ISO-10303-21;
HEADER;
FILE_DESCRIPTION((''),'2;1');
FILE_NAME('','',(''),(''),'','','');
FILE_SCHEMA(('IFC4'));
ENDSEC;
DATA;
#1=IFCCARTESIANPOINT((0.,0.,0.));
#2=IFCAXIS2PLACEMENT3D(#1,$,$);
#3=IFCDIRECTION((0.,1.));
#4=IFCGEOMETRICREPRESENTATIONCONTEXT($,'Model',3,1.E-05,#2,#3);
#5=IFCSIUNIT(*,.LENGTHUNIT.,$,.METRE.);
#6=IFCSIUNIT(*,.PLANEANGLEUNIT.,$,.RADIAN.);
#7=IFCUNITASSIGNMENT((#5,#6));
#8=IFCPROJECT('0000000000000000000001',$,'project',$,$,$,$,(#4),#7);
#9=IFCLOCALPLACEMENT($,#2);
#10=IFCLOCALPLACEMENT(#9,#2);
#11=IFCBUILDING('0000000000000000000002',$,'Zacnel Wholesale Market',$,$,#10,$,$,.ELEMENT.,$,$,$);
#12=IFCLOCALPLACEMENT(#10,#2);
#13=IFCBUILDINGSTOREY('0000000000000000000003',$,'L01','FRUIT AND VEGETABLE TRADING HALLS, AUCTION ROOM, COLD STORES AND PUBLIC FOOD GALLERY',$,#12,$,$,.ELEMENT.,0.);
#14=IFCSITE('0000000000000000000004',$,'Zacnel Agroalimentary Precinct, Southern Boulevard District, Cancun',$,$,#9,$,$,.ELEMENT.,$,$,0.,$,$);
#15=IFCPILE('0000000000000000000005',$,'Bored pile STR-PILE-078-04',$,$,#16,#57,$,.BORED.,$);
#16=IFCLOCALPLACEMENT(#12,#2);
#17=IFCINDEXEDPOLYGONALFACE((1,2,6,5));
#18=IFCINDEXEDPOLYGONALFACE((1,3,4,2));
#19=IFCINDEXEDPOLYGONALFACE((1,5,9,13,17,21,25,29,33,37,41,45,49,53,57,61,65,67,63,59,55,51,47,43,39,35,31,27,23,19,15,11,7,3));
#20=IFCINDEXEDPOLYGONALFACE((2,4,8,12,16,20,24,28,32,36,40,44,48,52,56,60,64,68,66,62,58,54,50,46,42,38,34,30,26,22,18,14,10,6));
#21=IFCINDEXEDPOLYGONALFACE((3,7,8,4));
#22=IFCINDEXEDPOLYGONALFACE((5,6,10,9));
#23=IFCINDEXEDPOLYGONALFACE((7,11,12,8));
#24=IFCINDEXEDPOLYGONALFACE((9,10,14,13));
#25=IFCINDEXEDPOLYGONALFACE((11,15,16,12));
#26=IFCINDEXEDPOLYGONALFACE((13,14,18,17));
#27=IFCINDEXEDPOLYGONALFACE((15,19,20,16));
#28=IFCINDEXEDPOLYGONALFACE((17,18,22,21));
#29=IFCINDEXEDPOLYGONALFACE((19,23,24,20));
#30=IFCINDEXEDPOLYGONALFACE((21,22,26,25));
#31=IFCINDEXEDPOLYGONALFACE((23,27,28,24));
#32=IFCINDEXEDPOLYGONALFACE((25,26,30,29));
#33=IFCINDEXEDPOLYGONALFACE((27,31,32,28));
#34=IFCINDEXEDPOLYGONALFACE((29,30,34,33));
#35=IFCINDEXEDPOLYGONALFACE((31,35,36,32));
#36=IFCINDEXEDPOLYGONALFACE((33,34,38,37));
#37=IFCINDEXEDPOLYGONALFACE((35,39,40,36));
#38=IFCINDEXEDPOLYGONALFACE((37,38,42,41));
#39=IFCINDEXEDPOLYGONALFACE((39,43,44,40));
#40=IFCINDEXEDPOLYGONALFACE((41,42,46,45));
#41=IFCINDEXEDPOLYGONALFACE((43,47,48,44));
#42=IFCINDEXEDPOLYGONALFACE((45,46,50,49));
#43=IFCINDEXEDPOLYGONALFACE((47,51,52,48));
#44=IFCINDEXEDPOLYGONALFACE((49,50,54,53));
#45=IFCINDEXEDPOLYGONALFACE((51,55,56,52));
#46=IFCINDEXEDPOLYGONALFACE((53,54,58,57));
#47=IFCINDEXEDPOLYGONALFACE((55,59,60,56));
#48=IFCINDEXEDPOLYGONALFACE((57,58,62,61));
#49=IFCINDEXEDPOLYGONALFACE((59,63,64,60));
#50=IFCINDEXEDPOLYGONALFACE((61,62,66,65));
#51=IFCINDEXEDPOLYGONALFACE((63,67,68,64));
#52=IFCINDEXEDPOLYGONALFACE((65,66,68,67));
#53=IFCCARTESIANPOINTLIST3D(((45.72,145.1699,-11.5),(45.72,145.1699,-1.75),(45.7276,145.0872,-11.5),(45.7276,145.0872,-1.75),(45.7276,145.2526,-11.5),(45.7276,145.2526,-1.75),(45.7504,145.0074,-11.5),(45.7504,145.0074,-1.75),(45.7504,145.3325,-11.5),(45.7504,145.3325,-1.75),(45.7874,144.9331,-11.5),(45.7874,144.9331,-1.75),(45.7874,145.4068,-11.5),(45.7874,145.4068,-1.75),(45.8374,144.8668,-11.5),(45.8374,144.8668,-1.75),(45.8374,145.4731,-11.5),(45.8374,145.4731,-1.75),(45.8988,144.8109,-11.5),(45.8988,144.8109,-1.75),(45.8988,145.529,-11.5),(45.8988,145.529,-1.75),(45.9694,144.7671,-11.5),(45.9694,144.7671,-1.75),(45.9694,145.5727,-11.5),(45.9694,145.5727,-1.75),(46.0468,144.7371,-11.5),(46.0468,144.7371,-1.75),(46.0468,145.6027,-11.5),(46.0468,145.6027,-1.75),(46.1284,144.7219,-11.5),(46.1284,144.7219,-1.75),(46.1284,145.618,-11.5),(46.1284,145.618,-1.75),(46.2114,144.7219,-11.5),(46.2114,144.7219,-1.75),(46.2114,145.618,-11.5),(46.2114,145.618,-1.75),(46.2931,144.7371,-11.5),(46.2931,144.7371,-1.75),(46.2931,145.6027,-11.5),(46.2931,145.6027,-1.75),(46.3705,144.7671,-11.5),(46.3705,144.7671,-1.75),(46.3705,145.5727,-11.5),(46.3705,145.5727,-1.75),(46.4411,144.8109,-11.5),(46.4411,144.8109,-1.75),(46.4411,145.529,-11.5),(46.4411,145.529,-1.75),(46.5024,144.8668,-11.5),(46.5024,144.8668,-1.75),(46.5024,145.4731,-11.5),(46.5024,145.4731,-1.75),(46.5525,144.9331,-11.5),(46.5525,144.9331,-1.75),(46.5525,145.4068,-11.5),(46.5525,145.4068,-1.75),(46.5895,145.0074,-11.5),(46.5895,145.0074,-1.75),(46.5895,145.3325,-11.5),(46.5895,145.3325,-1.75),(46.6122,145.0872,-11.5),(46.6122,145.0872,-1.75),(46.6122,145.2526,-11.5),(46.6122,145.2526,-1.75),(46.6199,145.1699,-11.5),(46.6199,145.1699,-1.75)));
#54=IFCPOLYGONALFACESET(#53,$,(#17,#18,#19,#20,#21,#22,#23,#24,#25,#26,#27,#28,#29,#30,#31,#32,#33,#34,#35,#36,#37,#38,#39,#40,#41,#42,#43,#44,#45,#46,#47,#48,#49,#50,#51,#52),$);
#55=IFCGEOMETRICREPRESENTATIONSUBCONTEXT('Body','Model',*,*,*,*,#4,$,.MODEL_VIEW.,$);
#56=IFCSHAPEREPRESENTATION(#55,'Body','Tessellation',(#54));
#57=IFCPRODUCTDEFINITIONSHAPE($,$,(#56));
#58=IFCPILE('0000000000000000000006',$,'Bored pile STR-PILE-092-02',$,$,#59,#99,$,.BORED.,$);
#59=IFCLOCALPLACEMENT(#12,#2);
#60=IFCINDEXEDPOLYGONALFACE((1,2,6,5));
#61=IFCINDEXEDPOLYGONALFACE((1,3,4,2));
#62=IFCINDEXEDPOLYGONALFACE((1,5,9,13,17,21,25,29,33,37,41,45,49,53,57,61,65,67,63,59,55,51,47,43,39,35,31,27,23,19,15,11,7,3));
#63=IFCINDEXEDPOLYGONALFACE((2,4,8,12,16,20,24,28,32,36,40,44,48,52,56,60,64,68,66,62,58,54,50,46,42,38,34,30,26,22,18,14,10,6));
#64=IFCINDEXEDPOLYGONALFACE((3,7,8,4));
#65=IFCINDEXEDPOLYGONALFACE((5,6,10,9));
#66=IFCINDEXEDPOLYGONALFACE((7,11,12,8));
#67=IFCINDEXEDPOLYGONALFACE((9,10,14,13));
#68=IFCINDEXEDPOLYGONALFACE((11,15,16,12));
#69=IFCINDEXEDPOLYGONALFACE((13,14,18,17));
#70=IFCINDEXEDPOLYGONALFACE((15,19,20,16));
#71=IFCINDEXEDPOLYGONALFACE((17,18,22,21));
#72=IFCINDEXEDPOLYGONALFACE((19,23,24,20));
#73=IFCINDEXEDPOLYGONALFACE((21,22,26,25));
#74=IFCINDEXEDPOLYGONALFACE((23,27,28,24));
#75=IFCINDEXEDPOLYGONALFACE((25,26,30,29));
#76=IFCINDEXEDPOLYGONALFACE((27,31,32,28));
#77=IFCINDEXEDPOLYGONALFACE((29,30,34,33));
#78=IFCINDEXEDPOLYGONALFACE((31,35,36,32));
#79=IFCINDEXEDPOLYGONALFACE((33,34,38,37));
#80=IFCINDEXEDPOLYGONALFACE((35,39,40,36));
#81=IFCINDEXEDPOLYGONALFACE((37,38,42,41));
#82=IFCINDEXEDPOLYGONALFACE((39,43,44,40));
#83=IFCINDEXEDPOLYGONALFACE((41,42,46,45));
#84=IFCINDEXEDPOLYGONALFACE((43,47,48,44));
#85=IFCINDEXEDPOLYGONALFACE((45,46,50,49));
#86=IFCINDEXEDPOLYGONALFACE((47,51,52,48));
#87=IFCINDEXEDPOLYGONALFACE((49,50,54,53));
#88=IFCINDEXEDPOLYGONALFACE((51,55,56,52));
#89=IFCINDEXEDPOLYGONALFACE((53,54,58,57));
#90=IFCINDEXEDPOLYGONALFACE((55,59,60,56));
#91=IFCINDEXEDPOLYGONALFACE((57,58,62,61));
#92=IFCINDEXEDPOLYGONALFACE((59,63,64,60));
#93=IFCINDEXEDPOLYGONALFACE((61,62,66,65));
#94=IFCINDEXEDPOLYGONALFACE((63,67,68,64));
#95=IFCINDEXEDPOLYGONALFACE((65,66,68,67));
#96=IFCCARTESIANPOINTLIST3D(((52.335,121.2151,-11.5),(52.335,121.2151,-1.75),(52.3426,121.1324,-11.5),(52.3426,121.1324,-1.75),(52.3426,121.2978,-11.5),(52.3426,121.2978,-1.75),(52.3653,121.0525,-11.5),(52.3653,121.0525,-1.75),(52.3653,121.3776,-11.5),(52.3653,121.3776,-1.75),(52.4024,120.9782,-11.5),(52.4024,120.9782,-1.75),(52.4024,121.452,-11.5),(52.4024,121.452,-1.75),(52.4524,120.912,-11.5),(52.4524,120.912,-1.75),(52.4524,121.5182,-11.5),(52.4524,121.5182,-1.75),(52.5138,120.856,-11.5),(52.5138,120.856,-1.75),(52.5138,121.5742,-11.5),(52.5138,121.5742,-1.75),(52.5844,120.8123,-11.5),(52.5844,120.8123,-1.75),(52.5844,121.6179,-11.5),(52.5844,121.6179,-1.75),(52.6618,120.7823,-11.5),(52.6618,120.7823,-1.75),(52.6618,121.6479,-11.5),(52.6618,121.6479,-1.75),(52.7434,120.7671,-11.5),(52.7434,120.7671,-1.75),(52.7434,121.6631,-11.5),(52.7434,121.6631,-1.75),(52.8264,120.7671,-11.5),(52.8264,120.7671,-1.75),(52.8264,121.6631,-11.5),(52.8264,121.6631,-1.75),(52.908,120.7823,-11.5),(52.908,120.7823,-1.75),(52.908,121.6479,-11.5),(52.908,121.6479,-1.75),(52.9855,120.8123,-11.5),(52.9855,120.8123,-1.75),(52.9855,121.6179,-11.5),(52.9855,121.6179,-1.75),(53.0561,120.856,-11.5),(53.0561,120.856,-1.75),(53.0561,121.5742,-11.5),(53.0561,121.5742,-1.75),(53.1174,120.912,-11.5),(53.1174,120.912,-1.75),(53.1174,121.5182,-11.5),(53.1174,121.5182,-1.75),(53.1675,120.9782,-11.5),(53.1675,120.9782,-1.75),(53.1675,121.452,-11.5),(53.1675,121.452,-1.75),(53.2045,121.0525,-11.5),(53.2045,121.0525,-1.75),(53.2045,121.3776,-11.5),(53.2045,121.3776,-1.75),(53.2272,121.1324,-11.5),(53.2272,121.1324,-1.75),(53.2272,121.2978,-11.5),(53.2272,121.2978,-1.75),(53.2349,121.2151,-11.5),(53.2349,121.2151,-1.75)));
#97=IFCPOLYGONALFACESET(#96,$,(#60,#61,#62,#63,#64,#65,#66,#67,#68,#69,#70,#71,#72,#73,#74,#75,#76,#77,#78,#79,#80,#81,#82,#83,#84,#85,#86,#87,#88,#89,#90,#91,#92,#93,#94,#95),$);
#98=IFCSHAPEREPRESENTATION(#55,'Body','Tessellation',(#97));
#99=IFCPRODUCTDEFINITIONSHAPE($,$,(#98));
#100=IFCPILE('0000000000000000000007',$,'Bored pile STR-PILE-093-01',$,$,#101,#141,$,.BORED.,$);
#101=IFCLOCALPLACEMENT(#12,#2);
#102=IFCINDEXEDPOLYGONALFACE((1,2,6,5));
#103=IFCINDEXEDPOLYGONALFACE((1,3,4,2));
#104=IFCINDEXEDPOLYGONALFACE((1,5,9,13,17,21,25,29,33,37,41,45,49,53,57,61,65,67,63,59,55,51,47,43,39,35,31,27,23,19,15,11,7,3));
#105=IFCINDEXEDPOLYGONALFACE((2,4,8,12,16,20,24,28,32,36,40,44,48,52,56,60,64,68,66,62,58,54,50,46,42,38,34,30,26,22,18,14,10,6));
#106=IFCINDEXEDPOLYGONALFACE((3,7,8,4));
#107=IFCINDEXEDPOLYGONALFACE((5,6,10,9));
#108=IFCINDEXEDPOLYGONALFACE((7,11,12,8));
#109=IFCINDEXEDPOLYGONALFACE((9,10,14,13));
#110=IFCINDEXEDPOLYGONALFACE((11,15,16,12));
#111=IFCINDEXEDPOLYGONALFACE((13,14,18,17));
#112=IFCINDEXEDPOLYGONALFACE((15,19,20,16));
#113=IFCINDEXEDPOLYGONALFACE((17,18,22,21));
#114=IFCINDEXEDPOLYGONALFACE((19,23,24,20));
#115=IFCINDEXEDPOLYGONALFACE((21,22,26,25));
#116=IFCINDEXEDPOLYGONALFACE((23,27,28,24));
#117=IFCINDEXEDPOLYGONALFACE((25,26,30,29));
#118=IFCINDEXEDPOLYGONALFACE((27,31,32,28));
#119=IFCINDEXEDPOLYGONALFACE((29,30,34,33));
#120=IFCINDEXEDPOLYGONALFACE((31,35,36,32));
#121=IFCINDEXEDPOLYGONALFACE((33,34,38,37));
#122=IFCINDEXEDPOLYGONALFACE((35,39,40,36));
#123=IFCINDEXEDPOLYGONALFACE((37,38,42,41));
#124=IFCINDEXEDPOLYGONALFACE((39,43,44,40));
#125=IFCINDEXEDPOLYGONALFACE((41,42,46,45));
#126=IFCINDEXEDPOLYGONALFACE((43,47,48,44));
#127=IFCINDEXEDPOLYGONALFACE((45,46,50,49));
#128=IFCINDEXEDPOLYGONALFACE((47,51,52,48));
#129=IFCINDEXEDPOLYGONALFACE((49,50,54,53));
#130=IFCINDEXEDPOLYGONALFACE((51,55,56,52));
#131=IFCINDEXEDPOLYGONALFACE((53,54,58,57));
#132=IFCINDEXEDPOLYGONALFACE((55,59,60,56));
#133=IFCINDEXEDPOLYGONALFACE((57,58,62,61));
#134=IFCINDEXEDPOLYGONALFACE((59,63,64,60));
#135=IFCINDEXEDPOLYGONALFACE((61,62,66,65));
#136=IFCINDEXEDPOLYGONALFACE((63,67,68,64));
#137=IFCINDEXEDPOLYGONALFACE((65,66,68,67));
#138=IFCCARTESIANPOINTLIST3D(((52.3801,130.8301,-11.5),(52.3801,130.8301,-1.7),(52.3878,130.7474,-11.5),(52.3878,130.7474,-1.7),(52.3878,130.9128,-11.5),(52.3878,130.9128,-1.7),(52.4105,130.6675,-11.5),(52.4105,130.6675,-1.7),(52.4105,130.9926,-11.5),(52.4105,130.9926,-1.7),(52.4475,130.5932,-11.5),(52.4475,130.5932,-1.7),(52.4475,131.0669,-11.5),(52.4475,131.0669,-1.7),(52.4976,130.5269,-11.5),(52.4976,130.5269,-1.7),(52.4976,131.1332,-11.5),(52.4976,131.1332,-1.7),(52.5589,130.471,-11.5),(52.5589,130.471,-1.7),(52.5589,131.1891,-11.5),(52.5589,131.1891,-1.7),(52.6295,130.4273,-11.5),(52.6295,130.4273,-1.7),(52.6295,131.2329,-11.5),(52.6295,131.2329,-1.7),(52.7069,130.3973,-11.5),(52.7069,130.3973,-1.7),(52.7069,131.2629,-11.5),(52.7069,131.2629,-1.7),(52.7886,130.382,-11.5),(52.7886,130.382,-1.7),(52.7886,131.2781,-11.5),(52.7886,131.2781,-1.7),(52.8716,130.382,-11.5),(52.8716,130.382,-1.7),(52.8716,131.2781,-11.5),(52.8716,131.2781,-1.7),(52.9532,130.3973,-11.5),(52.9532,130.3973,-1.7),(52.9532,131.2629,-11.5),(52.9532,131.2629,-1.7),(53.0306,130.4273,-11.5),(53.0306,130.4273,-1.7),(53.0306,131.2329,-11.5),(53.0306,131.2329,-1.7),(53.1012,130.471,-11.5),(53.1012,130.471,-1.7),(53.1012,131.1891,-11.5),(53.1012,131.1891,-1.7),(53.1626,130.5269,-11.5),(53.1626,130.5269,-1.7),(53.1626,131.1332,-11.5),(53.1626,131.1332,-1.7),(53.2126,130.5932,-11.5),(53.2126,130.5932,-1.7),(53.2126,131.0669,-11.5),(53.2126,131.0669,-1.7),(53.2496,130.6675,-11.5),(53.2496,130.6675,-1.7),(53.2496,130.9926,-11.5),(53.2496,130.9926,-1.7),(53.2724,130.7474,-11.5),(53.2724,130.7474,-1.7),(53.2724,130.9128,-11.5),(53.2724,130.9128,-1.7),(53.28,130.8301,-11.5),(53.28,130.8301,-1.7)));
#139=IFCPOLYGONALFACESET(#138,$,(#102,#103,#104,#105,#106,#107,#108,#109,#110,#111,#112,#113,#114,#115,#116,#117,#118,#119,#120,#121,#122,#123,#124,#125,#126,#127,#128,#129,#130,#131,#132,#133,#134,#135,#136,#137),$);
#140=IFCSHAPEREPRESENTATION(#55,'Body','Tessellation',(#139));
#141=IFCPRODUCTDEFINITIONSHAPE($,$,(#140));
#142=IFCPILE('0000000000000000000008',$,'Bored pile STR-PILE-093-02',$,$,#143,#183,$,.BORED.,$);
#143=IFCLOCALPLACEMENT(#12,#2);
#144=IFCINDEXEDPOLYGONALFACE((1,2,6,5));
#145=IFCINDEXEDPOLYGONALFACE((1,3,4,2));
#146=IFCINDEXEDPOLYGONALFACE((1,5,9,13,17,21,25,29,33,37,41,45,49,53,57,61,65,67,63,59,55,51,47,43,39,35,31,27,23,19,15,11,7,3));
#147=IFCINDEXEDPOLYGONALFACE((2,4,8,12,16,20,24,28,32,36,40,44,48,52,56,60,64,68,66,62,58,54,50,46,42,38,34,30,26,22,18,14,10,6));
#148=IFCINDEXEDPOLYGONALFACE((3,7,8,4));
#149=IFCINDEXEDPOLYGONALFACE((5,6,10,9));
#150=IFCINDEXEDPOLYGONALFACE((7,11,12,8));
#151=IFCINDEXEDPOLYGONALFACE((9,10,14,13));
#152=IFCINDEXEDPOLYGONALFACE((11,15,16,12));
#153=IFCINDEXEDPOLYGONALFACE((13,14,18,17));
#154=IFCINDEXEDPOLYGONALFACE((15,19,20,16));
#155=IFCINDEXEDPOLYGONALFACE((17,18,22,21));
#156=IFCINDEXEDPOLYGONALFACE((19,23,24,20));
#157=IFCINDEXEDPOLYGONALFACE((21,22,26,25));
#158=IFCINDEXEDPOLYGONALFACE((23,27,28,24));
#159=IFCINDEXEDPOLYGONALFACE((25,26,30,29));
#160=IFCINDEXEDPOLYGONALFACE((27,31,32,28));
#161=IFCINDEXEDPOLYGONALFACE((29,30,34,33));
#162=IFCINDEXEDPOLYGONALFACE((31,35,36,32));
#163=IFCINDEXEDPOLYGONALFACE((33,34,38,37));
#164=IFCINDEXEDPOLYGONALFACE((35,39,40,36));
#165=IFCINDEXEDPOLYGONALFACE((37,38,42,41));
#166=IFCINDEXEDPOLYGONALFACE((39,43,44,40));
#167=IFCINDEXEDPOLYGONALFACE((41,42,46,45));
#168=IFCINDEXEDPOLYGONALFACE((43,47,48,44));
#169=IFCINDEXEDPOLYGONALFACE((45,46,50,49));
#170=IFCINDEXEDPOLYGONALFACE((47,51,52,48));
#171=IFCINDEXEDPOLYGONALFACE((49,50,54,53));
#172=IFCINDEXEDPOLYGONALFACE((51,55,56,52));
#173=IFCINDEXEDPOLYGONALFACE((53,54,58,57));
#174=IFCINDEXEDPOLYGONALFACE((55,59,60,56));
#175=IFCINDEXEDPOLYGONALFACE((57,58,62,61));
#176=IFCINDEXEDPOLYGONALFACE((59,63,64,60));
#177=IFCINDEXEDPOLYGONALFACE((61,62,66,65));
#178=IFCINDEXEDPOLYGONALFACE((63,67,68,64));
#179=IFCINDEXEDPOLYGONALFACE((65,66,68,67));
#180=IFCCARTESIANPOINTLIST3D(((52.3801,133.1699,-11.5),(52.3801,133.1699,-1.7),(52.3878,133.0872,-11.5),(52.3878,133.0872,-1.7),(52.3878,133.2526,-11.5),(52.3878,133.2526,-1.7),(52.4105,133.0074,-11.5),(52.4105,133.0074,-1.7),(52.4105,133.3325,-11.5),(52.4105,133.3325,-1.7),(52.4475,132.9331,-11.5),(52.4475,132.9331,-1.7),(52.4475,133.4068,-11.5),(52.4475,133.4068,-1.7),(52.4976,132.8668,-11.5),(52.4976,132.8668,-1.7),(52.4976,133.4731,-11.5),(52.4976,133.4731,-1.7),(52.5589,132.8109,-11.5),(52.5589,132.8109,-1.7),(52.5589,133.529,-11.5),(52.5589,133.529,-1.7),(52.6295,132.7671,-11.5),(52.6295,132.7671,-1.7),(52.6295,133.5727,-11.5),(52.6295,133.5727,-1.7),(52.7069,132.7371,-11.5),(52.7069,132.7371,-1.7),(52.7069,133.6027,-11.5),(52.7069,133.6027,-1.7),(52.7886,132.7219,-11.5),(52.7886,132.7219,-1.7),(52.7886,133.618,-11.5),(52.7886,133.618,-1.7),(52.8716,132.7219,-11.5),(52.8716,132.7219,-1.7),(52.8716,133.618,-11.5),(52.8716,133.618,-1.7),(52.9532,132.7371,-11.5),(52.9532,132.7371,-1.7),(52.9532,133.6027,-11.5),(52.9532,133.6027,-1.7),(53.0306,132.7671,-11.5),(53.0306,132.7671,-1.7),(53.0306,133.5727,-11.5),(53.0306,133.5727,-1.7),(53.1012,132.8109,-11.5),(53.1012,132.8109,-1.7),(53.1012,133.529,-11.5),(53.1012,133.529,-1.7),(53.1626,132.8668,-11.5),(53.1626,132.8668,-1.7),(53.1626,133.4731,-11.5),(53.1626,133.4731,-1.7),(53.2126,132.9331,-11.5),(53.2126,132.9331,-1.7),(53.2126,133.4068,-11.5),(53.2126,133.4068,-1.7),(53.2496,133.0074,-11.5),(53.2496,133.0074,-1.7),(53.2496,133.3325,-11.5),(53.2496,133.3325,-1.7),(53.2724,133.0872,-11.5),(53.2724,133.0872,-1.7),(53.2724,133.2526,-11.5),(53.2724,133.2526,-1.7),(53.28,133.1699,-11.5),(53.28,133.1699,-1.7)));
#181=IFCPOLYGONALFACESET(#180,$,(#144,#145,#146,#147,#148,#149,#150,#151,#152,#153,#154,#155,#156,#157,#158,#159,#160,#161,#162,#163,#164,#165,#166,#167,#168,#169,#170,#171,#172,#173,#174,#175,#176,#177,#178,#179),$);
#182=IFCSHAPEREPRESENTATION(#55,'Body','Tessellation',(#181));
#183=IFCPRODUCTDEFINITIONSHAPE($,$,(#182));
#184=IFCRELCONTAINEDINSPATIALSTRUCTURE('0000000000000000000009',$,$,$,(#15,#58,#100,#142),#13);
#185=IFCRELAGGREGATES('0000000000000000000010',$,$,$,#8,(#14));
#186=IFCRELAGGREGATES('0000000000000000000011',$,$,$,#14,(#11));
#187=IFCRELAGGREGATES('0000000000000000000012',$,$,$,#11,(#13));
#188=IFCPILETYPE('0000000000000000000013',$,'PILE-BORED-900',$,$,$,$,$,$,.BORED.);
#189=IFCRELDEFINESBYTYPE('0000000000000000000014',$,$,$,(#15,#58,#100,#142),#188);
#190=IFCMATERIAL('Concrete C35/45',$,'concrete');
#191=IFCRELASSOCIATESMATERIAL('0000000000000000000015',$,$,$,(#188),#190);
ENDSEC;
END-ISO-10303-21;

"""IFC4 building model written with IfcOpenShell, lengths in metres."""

from ifc_helpers import new_model, si_unit, direction, frame, origin, origin_2d, place, context, subcontext, project, spatial, circle, extrude, material, material_profile, profile_set, type_object, element, save


model = new_model("IFC4")

# Units and contexts
model_context = context("Model", 3, precision=1e-05, world=origin(), true_north=direction((0.0, 1.0)))
body_context = subcontext(model_context, "Body", "Model", "MODEL_VIEW")
ifc_project = project(units=[si_unit("LENGTHUNIT", "METRE"), si_unit("PLANEANGLEUNIT", "RADIAN")], contexts=[model_context])

# Site, building, storey
site_placement = place(None, origin())
site = spatial("IfcSite", under=ifc_project, at=site_placement, Name="Zacnel Agroalimentary Precinct, Southern Boulevard District, Cancun", CompositionType="ELEMENT", RefElevation=0.0)
building_placement = place(site_placement, origin())
building = spatial("IfcBuilding", under=site, at=building_placement, Name="Zacnel Wholesale Market", CompositionType="ELEMENT")
storey_placement = place(building_placement, origin())
storey = spatial("IfcBuildingStorey", under=building, at=storey_placement, Name="L01", Description="FRUIT AND VEGETABLE TRADING HALLS, AUCTION ROOM, COLD STORES AND PUBLIC FOOD GALLERY", CompositionType="ELEMENT", Elevation=0.0)

# Piles
ifc_material_1 = material(Name="Concrete C35/45", Category="concrete")
ifc_material_profile_1 = material_profile(ifc_material_1, circle(Radius=0.45, at=origin_2d()), Name="BORED PILE D900")
ifc_profile_set_1 = profile_set([ifc_material_profile_1], Name="Concrete C35/45")
pile_type = type_object("IfcPileType", Name="PILE-BORED-900", PredefinedType="BORED", material=ifc_profile_set_1)
for number, where, z_axis, x_axis, name in (
    (1, (46.1699, 145.1699, -1.75), (0.0, 0.0, -1.0), (1.0, 0.0, 0.0), "Bored pile STR-PILE-078-04"),
    (2, (52.7849, 121.2151, -1.75), (0.0, 0.0, -1.0), (1.0, 0.0, 0.0), "Bored pile STR-PILE-092-02"),
):
    element("IfcPile", number, at=place(storey_placement, frame(where, z_axis=z_axis, x_axis=x_axis)), inside=storey, type_object=pile_type, Name=name, PredefinedType="BORED", context=body_context, shape_type="SweptSolid", body=[
        extrude(circle(Radius=0.45, at=origin_2d()), origin(), (0.0, 0.0, 1.0), 9.75),
    ])
for number, where, z_axis, x_axis, name in (
    (3, (52.8301, 130.8301, -1.7), (0.0, 0.0, -1.0), (1.0, 0.0, 0.0), "Bored pile STR-PILE-093-01"),
    (4, (52.8301, 133.1699, -1.7), (0.0, 0.0, -1.0), (1.0, 0.0, 0.0), "Bored pile STR-PILE-093-02"),
):
    element("IfcPile", number, at=place(storey_placement, frame(where, z_axis=z_axis, x_axis=x_axis)), inside=storey, type_object=pile_type, Name=name, PredefinedType="BORED", context=body_context, shape_type="SweptSolid", body=[
        extrude(circle(Radius=0.45, at=origin_2d()), origin(), (0.0, 0.0, 1.0), 9.8),
    ])

save(model, "model.ifc")
